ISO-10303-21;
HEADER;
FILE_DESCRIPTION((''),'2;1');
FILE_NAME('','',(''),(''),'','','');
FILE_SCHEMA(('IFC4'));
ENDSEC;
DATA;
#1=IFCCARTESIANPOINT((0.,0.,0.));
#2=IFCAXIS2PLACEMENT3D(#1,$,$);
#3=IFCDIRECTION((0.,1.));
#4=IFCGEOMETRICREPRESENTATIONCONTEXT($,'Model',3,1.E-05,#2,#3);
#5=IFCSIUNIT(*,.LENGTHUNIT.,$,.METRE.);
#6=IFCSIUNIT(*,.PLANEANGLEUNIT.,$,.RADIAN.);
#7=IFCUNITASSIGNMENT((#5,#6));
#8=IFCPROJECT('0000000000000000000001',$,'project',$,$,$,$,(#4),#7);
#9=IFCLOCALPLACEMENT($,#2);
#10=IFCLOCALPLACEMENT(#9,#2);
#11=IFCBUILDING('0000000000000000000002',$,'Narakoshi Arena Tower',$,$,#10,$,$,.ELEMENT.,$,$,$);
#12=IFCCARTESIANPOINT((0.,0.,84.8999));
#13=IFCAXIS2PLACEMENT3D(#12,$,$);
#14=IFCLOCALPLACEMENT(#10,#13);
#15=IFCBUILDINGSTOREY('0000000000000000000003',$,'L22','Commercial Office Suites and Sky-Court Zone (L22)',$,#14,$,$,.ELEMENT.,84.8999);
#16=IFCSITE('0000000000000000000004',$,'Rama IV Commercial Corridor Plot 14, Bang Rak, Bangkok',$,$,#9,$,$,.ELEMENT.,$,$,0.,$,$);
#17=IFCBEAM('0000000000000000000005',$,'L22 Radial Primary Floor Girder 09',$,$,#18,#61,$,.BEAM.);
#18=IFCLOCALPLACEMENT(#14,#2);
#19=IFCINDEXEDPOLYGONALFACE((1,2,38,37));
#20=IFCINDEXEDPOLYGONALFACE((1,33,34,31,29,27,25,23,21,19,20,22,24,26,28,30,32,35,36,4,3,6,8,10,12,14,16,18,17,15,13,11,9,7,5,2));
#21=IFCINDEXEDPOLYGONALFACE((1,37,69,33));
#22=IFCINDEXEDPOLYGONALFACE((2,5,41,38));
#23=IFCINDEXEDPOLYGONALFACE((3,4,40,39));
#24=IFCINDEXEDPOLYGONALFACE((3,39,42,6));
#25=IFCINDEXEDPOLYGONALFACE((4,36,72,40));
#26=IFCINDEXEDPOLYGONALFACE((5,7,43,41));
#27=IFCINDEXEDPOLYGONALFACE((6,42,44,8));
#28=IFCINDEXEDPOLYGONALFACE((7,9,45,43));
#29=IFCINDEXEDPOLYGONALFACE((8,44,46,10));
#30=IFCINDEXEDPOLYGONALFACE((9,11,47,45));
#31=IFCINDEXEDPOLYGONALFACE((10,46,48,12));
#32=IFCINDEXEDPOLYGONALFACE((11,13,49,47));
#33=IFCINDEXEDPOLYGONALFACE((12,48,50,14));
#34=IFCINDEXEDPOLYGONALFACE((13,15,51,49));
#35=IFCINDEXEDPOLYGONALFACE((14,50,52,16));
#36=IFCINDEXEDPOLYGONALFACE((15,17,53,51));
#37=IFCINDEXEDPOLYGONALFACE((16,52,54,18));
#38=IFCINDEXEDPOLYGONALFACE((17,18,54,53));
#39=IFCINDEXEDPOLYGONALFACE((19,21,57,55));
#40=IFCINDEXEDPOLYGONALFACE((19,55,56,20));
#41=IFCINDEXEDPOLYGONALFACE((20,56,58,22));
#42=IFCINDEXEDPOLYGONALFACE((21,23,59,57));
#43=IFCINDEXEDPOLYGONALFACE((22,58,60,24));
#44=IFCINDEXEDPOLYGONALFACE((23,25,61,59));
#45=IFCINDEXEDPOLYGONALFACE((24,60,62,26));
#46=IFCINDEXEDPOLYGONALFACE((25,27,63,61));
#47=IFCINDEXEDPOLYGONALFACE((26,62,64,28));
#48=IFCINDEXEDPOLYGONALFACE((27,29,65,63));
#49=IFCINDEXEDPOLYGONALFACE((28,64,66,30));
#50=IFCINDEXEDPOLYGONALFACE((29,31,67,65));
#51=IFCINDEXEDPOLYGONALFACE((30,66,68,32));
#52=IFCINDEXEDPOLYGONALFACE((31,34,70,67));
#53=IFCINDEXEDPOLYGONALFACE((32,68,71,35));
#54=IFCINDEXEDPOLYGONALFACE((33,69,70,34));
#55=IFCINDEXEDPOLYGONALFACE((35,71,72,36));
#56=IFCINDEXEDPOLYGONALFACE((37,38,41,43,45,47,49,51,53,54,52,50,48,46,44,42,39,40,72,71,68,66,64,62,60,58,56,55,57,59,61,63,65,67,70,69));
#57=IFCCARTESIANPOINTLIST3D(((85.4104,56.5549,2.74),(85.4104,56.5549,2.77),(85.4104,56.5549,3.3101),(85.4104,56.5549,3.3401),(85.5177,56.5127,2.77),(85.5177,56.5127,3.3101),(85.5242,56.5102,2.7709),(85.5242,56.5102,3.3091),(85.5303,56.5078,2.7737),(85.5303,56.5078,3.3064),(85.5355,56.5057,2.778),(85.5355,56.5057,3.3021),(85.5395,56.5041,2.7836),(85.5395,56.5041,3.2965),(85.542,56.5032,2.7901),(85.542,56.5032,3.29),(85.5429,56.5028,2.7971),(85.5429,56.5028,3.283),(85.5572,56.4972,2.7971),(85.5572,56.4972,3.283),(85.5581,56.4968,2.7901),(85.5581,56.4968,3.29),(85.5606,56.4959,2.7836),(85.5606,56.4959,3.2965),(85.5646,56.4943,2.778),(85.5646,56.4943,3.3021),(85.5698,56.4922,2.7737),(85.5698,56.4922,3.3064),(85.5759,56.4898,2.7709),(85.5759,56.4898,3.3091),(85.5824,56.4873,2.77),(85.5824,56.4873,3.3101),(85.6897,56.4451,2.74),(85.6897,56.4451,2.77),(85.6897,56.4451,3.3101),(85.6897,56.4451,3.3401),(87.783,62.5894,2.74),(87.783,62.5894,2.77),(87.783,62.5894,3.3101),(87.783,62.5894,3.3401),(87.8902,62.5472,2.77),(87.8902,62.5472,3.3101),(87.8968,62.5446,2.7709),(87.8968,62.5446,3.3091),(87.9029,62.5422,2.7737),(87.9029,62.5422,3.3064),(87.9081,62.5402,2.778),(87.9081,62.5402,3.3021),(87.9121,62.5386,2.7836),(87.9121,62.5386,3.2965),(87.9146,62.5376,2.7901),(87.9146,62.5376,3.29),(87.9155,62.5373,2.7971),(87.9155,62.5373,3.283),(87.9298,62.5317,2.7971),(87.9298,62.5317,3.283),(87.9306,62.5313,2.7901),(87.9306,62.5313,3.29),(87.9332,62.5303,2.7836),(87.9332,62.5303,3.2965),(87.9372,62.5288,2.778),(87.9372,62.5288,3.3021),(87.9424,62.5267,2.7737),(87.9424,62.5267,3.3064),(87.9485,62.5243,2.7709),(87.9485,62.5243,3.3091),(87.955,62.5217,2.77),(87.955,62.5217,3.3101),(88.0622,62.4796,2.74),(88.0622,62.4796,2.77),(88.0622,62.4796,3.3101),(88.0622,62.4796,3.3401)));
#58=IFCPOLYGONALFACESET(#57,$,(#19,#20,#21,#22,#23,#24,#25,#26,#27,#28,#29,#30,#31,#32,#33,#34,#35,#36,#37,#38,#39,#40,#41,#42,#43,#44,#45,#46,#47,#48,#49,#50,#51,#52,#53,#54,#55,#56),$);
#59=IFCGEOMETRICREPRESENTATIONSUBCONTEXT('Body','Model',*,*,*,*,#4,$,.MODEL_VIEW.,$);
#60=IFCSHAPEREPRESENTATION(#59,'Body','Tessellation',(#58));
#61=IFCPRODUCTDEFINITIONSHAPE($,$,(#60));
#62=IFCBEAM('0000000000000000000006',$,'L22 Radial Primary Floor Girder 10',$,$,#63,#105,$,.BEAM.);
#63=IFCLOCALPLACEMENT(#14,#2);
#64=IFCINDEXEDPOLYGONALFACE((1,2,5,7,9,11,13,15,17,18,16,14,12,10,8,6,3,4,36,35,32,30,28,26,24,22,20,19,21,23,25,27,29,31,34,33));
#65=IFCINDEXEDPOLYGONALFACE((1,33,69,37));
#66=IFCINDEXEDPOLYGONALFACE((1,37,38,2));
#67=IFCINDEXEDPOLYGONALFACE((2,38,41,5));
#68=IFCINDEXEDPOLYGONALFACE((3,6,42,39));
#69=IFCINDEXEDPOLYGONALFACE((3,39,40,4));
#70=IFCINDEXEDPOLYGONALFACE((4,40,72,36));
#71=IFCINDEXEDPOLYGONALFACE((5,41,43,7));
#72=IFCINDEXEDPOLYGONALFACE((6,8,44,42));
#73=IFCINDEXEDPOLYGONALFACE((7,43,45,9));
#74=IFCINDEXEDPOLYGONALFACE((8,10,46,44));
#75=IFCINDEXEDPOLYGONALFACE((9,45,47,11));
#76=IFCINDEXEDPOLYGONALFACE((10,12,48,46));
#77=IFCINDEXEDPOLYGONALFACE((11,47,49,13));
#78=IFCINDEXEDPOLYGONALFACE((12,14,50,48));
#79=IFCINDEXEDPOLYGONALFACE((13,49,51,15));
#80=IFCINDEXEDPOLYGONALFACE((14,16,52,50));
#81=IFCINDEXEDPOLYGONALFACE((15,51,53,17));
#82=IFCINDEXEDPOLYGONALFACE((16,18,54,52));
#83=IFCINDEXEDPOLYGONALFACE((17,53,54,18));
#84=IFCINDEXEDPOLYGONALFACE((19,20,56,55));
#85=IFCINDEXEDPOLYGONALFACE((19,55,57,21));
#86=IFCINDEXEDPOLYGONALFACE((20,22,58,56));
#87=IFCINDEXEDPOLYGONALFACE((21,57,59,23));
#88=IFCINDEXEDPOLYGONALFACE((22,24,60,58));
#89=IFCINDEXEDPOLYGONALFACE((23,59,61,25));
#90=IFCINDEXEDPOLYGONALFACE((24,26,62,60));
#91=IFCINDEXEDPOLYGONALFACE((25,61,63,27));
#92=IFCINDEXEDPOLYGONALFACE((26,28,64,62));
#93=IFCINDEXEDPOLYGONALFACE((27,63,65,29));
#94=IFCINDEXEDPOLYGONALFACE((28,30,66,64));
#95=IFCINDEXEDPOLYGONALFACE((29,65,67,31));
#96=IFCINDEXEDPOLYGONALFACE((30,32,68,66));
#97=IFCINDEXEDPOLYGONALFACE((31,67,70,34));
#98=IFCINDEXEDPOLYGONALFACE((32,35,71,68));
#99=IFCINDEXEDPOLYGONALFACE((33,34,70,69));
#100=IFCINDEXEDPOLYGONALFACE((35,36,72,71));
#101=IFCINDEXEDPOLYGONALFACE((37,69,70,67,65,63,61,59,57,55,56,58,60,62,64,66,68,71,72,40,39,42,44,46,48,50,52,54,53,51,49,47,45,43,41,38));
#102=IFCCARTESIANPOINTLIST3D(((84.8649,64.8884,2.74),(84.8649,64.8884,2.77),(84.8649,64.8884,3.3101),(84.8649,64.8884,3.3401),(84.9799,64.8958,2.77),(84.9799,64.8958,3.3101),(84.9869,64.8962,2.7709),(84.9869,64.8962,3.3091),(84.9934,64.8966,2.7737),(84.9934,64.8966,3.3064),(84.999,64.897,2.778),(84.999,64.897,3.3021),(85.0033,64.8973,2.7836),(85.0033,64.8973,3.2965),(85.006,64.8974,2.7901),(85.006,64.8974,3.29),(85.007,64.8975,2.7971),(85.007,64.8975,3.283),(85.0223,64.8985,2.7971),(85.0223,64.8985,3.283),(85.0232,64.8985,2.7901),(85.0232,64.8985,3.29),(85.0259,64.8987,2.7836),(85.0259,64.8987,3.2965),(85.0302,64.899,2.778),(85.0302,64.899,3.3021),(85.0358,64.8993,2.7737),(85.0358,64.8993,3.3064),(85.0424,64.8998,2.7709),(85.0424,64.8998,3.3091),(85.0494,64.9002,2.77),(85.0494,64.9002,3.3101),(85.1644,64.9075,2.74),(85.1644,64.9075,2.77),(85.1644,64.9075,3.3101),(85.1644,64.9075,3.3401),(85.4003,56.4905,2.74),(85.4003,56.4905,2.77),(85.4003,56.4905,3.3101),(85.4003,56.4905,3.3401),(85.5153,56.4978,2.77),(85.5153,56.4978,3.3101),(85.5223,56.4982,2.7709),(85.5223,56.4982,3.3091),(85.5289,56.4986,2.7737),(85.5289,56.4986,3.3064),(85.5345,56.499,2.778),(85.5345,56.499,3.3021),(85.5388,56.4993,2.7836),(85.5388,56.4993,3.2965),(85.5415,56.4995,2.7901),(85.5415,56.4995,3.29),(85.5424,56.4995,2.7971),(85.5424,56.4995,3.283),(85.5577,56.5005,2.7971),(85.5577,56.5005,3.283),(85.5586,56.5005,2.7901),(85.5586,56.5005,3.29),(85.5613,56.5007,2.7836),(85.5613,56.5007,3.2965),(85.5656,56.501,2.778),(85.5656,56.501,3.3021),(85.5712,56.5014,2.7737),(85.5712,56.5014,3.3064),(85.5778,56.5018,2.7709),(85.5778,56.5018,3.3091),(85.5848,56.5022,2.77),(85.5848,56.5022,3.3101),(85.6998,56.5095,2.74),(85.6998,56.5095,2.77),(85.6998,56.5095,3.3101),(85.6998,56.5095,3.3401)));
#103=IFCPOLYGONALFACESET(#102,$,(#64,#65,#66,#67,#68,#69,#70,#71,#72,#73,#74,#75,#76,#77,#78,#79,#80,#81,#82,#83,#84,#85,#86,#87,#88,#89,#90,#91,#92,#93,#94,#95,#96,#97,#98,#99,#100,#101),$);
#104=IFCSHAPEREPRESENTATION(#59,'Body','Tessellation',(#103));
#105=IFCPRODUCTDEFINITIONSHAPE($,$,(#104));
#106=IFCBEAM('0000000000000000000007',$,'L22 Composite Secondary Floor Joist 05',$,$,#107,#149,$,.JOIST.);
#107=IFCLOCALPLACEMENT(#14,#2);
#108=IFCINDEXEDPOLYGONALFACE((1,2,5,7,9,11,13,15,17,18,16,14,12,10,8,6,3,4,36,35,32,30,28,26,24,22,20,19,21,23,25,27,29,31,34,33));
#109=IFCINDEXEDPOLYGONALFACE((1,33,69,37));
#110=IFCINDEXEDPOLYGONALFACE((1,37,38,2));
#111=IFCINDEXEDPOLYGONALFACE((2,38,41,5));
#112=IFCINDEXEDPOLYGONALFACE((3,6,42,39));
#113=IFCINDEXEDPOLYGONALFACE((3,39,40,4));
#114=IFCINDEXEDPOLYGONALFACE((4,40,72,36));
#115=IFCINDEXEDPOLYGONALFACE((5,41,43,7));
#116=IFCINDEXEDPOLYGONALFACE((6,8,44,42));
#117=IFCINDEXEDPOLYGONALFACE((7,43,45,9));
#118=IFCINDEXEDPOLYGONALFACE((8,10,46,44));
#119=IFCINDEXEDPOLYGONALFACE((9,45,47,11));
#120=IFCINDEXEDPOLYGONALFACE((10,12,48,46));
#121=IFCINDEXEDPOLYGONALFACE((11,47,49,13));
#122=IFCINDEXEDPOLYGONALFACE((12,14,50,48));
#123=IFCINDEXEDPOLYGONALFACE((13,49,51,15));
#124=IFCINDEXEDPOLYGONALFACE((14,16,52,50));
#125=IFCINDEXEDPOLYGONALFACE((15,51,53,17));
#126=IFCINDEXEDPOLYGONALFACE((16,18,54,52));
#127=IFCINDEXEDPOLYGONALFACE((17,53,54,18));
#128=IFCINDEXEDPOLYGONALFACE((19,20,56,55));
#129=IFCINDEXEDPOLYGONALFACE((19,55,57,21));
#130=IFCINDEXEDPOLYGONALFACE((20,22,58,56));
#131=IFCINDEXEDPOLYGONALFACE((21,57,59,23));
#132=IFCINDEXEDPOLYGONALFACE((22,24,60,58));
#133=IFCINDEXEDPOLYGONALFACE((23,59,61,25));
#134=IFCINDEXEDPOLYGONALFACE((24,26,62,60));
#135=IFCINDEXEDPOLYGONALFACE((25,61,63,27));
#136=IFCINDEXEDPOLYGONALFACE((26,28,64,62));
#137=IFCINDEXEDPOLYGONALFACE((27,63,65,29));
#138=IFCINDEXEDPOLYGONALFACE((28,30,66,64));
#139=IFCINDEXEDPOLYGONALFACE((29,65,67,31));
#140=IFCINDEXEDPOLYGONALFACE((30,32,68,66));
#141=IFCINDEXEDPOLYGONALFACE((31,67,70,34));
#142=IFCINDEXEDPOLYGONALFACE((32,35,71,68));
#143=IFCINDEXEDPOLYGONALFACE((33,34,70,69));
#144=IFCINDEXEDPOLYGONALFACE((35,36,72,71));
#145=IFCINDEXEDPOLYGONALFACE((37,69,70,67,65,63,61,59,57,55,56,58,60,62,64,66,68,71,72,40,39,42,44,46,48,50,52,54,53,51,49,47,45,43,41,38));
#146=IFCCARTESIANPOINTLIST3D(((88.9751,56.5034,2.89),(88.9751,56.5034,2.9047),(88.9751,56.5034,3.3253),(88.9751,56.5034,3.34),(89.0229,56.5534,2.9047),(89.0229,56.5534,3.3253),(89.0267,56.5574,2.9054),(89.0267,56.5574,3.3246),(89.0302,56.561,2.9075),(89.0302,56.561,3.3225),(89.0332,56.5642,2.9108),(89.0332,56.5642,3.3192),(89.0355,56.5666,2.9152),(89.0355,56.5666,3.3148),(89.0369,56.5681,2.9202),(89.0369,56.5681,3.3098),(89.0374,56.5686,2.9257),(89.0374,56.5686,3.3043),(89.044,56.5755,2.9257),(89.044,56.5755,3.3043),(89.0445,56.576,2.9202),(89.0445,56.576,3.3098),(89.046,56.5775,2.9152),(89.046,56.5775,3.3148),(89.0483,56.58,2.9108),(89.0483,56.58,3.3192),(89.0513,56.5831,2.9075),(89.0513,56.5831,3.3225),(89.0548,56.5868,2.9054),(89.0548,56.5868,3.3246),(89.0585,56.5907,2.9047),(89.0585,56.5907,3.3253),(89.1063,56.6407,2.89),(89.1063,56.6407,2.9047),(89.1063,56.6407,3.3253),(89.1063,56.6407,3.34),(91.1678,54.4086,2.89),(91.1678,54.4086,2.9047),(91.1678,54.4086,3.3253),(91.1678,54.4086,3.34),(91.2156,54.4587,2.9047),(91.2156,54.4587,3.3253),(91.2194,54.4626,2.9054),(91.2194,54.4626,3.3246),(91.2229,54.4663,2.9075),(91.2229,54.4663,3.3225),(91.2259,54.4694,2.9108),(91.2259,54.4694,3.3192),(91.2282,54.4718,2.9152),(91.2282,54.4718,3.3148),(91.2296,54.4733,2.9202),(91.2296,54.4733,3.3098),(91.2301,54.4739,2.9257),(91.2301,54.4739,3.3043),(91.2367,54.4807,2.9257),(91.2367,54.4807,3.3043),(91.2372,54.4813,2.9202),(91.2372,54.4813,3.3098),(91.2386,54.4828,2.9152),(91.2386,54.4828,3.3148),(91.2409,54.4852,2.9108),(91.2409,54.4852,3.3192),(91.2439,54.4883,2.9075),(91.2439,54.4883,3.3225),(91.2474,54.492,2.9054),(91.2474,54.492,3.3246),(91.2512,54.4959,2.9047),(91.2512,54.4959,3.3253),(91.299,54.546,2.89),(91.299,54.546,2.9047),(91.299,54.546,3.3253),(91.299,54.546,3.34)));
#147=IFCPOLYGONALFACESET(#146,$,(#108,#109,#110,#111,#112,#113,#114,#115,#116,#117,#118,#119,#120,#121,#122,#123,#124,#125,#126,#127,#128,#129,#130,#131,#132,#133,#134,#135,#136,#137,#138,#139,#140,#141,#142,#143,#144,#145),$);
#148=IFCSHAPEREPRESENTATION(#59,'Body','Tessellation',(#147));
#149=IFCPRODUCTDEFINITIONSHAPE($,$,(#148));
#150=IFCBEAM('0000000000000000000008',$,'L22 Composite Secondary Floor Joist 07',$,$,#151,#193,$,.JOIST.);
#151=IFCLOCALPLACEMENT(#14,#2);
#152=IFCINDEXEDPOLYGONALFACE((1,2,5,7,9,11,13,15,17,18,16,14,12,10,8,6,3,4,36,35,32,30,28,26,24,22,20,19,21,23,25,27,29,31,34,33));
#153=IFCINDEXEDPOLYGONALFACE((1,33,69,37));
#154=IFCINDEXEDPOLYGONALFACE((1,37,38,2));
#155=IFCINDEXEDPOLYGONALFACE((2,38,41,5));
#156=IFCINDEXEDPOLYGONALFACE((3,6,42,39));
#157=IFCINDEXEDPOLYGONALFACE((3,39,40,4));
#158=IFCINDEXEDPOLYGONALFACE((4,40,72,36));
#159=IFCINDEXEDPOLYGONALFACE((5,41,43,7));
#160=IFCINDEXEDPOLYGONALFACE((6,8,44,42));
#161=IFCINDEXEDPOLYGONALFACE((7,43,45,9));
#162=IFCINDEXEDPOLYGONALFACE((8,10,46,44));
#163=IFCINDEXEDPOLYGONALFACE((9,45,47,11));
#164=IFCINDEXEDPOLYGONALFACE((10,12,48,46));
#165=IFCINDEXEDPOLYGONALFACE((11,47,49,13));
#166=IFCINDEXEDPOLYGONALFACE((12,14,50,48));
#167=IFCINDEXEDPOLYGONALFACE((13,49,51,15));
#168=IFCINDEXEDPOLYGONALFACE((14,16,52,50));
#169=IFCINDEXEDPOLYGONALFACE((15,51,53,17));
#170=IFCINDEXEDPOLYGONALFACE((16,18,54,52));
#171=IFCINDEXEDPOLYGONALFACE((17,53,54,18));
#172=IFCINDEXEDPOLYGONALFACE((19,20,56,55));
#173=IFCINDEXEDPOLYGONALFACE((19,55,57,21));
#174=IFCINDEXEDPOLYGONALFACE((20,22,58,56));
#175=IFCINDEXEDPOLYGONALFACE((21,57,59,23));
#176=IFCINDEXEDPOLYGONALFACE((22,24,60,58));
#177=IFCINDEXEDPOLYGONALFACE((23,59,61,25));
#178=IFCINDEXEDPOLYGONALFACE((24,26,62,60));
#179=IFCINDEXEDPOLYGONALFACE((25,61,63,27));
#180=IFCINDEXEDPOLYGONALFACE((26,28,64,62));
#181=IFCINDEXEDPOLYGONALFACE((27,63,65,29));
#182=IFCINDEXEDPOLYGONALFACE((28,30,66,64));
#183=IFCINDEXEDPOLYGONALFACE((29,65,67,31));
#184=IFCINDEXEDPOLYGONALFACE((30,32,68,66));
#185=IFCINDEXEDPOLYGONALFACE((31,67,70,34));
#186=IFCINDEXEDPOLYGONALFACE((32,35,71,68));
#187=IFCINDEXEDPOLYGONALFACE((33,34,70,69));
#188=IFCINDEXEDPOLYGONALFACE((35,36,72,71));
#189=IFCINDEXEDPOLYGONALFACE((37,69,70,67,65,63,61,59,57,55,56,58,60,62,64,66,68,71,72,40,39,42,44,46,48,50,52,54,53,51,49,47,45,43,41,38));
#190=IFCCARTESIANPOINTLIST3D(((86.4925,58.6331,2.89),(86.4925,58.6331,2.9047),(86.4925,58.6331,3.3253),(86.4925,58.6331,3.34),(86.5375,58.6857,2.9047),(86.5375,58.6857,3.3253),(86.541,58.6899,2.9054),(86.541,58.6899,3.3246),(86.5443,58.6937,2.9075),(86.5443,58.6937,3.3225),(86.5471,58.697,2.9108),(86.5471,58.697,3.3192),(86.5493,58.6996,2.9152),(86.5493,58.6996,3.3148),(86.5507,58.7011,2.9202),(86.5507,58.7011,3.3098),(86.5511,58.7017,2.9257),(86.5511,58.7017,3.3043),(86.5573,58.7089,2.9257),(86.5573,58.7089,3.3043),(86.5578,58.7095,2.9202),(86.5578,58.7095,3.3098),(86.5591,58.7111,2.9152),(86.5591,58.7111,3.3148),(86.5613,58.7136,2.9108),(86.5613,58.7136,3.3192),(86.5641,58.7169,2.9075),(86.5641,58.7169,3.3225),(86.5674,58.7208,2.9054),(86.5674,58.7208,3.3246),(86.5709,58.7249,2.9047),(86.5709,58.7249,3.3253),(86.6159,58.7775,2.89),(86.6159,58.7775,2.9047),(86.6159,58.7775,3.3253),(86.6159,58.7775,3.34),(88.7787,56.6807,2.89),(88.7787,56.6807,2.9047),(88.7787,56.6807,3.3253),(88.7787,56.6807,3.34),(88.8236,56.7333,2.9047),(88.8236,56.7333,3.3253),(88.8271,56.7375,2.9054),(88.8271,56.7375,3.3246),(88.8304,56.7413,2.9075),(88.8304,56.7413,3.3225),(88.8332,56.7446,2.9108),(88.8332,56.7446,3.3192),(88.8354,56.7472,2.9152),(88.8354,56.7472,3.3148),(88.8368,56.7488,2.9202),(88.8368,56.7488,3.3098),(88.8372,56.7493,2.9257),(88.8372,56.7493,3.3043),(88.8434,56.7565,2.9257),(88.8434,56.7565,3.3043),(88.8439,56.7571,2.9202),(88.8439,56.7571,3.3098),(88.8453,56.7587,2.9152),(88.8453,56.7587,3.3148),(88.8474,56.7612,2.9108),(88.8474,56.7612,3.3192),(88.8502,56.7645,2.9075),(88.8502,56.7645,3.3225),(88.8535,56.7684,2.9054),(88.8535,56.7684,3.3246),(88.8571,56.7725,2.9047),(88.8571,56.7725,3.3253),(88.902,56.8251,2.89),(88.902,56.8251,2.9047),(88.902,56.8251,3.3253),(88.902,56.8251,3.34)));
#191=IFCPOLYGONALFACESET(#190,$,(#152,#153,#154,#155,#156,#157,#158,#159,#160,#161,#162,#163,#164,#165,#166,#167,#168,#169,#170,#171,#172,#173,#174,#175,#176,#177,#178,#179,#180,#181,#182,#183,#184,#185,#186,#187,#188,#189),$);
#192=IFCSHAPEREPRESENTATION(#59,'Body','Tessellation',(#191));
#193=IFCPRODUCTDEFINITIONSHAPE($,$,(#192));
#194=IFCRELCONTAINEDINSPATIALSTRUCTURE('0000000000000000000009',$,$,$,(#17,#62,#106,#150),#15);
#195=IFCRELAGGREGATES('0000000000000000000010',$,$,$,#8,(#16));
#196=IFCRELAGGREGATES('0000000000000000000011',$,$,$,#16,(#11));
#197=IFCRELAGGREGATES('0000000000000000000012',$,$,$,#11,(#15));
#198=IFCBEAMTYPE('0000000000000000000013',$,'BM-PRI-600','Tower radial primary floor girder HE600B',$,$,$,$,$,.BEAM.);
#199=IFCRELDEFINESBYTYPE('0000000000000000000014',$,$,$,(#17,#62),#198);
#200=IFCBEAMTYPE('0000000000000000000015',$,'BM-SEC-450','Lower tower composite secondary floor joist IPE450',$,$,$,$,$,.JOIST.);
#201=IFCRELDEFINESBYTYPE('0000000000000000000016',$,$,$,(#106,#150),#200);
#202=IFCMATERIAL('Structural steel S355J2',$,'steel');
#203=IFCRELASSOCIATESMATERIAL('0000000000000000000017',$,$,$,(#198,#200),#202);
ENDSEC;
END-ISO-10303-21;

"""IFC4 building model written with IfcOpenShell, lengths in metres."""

from ifc_helpers import new_model, si_unit, direction, frame, origin, origin_2d, place, context, subcontext, project, spatial, i_section, extrude, material, material_profile, profile_set, type_object, element, save


model = new_model("IFC4")

# Units and contexts
model_context = context("Model", 3, precision=1e-05, world=origin(), true_north=direction((0.0, 1.0)))
body_context = subcontext(model_context, "Body", "Model", "MODEL_VIEW")
ifc_project = project(units=[si_unit("LENGTHUNIT", "METRE"), si_unit("PLANEANGLEUNIT", "RADIAN")], contexts=[model_context])

# Site, building, storey
site_placement = place(None, origin())
site = spatial("IfcSite", under=ifc_project, at=site_placement, Name="Rama IV Commercial Corridor Plot 14, Bang Rak, Bangkok", CompositionType="ELEMENT", RefElevation=0.0)
building_placement = place(site_placement, origin())
building = spatial("IfcBuilding", under=site, at=building_placement, Name="Narakoshi Arena Tower", CompositionType="ELEMENT")
storey_placement = place(building_placement, frame((0.0, 0.0, 84.8999)))
storey = spatial("IfcBuildingStorey", under=building, at=storey_placement, Name="L22", Description="Commercial Office Suites and Sky-Court Zone (L22)", CompositionType="ELEMENT", Elevation=84.8999)

# Beams
ifc_material_1 = material(Name="Structural steel S355J2", Category="steel")
ifc_material_profile_1 = material_profile(ifc_material_1, i_section(OverallWidth=0.3, OverallDepth=0.6001, WebThickness=0.0154, FlangeThickness=0.03, FilletRadius=0.0271, at=origin_2d()), Name="HE600B")
ifc_profile_set_1 = profile_set([ifc_material_profile_1], Name="Structural steel S355J2")
beam_type_1 = type_object("IfcBeamType", Name="BM-PRI-600", Description="Tower radial primary floor girder HE600B", PredefinedType="BEAM", material=ifc_profile_set_1)
beam_1_placement = place(storey_placement, frame((85.55, 56.5, 3.04), z_axis=(0.365905, 0.930652, 0.0), x_axis=(-0.930652, 0.365905, 0.0)))
element("IfcBeam", 1, at=beam_1_placement, inside=storey, type_object=beam_type_1, Name="L22 Radial Primary Floor Girder 09", PredefinedType="BEAM", context=body_context, shape_type="SweptSolid", body=[
    extrude(i_section(OverallWidth=0.3, OverallDepth=0.6001, WebThickness=0.0154, FlangeThickness=0.03, FilletRadius=0.0271, at=origin_2d()), origin(), (0.0, 0.0, 1.0), 6.4841),
])
beam_2_placement = place(storey_placement, frame((85.55, 56.5, 3.04), z_axis=(-0.063625, 0.997974, 0.0), x_axis=(-0.997974, -0.063625, 0.0)))
element("IfcBeam", 2, at=beam_2_placement, inside=storey, type_object=beam_type_1, Name="L22 Radial Primary Floor Girder 10", PredefinedType="BEAM", context=body_context, shape_type="SweptSolid", body=[
    extrude(i_section(OverallWidth=0.3, OverallDepth=0.6001, WebThickness=0.0154, FlangeThickness=0.03, FilletRadius=0.0271, at=origin_2d()), origin(), (0.0, 0.0, 1.0), 8.415),
])
ifc_material_profile_2 = material_profile(ifc_material_1, i_section(OverallWidth=0.1899, OverallDepth=0.45, WebThickness=0.0095, FlangeThickness=0.0146, FilletRadius=0.021, at=origin_2d()), Name="IPE450")
ifc_profile_set_2 = profile_set([ifc_material_profile_2], Name="Structural steel S355J2")
beam_type_2 = type_object("IfcBeamType", Name="BM-SEC-450", Description="Lower tower composite secondary floor joist IPE450", PredefinedType="JOIST", material=ifc_profile_set_2)
beam_3_placement = place(storey_placement, frame((91.2334, 54.4773, 3.115), z_axis=(-0.723065, 0.69078, 0.0), x_axis=(-0.69078, -0.723065, 0.0)))
element("IfcBeam", 3, at=beam_3_placement, inside=storey, type_object=beam_type_2, Name="L22 Composite Secondary Floor Joist 05", PredefinedType="JOIST", context=body_context, shape_type="SweptSolid", body=[
    extrude(i_section(OverallWidth=0.1899, OverallDepth=0.45, WebThickness=0.0095, FlangeThickness=0.0146, FilletRadius=0.021, at=origin_2d()), origin(), (0.0, 0.0, 1.0), 3.0325),
])
beam_4_placement = place(storey_placement, frame((88.8403, 56.7529, 3.115), z_axis=(-0.76043, 0.649419, 0.0), x_axis=(-0.649419, -0.76043, 0.0)))
element("IfcBeam", 4, at=beam_4_placement, inside=storey, type_object=beam_type_2, Name="L22 Composite Secondary Floor Joist 07", PredefinedType="JOIST", context=body_context, shape_type="SweptSolid", body=[
    extrude(i_section(OverallWidth=0.1899, OverallDepth=0.45, WebThickness=0.0095, FlangeThickness=0.0146, FilletRadius=0.021, at=origin_2d()), origin(), (0.0, 0.0, 1.0), 3.0063),
])

save(model, "model.ifc")
